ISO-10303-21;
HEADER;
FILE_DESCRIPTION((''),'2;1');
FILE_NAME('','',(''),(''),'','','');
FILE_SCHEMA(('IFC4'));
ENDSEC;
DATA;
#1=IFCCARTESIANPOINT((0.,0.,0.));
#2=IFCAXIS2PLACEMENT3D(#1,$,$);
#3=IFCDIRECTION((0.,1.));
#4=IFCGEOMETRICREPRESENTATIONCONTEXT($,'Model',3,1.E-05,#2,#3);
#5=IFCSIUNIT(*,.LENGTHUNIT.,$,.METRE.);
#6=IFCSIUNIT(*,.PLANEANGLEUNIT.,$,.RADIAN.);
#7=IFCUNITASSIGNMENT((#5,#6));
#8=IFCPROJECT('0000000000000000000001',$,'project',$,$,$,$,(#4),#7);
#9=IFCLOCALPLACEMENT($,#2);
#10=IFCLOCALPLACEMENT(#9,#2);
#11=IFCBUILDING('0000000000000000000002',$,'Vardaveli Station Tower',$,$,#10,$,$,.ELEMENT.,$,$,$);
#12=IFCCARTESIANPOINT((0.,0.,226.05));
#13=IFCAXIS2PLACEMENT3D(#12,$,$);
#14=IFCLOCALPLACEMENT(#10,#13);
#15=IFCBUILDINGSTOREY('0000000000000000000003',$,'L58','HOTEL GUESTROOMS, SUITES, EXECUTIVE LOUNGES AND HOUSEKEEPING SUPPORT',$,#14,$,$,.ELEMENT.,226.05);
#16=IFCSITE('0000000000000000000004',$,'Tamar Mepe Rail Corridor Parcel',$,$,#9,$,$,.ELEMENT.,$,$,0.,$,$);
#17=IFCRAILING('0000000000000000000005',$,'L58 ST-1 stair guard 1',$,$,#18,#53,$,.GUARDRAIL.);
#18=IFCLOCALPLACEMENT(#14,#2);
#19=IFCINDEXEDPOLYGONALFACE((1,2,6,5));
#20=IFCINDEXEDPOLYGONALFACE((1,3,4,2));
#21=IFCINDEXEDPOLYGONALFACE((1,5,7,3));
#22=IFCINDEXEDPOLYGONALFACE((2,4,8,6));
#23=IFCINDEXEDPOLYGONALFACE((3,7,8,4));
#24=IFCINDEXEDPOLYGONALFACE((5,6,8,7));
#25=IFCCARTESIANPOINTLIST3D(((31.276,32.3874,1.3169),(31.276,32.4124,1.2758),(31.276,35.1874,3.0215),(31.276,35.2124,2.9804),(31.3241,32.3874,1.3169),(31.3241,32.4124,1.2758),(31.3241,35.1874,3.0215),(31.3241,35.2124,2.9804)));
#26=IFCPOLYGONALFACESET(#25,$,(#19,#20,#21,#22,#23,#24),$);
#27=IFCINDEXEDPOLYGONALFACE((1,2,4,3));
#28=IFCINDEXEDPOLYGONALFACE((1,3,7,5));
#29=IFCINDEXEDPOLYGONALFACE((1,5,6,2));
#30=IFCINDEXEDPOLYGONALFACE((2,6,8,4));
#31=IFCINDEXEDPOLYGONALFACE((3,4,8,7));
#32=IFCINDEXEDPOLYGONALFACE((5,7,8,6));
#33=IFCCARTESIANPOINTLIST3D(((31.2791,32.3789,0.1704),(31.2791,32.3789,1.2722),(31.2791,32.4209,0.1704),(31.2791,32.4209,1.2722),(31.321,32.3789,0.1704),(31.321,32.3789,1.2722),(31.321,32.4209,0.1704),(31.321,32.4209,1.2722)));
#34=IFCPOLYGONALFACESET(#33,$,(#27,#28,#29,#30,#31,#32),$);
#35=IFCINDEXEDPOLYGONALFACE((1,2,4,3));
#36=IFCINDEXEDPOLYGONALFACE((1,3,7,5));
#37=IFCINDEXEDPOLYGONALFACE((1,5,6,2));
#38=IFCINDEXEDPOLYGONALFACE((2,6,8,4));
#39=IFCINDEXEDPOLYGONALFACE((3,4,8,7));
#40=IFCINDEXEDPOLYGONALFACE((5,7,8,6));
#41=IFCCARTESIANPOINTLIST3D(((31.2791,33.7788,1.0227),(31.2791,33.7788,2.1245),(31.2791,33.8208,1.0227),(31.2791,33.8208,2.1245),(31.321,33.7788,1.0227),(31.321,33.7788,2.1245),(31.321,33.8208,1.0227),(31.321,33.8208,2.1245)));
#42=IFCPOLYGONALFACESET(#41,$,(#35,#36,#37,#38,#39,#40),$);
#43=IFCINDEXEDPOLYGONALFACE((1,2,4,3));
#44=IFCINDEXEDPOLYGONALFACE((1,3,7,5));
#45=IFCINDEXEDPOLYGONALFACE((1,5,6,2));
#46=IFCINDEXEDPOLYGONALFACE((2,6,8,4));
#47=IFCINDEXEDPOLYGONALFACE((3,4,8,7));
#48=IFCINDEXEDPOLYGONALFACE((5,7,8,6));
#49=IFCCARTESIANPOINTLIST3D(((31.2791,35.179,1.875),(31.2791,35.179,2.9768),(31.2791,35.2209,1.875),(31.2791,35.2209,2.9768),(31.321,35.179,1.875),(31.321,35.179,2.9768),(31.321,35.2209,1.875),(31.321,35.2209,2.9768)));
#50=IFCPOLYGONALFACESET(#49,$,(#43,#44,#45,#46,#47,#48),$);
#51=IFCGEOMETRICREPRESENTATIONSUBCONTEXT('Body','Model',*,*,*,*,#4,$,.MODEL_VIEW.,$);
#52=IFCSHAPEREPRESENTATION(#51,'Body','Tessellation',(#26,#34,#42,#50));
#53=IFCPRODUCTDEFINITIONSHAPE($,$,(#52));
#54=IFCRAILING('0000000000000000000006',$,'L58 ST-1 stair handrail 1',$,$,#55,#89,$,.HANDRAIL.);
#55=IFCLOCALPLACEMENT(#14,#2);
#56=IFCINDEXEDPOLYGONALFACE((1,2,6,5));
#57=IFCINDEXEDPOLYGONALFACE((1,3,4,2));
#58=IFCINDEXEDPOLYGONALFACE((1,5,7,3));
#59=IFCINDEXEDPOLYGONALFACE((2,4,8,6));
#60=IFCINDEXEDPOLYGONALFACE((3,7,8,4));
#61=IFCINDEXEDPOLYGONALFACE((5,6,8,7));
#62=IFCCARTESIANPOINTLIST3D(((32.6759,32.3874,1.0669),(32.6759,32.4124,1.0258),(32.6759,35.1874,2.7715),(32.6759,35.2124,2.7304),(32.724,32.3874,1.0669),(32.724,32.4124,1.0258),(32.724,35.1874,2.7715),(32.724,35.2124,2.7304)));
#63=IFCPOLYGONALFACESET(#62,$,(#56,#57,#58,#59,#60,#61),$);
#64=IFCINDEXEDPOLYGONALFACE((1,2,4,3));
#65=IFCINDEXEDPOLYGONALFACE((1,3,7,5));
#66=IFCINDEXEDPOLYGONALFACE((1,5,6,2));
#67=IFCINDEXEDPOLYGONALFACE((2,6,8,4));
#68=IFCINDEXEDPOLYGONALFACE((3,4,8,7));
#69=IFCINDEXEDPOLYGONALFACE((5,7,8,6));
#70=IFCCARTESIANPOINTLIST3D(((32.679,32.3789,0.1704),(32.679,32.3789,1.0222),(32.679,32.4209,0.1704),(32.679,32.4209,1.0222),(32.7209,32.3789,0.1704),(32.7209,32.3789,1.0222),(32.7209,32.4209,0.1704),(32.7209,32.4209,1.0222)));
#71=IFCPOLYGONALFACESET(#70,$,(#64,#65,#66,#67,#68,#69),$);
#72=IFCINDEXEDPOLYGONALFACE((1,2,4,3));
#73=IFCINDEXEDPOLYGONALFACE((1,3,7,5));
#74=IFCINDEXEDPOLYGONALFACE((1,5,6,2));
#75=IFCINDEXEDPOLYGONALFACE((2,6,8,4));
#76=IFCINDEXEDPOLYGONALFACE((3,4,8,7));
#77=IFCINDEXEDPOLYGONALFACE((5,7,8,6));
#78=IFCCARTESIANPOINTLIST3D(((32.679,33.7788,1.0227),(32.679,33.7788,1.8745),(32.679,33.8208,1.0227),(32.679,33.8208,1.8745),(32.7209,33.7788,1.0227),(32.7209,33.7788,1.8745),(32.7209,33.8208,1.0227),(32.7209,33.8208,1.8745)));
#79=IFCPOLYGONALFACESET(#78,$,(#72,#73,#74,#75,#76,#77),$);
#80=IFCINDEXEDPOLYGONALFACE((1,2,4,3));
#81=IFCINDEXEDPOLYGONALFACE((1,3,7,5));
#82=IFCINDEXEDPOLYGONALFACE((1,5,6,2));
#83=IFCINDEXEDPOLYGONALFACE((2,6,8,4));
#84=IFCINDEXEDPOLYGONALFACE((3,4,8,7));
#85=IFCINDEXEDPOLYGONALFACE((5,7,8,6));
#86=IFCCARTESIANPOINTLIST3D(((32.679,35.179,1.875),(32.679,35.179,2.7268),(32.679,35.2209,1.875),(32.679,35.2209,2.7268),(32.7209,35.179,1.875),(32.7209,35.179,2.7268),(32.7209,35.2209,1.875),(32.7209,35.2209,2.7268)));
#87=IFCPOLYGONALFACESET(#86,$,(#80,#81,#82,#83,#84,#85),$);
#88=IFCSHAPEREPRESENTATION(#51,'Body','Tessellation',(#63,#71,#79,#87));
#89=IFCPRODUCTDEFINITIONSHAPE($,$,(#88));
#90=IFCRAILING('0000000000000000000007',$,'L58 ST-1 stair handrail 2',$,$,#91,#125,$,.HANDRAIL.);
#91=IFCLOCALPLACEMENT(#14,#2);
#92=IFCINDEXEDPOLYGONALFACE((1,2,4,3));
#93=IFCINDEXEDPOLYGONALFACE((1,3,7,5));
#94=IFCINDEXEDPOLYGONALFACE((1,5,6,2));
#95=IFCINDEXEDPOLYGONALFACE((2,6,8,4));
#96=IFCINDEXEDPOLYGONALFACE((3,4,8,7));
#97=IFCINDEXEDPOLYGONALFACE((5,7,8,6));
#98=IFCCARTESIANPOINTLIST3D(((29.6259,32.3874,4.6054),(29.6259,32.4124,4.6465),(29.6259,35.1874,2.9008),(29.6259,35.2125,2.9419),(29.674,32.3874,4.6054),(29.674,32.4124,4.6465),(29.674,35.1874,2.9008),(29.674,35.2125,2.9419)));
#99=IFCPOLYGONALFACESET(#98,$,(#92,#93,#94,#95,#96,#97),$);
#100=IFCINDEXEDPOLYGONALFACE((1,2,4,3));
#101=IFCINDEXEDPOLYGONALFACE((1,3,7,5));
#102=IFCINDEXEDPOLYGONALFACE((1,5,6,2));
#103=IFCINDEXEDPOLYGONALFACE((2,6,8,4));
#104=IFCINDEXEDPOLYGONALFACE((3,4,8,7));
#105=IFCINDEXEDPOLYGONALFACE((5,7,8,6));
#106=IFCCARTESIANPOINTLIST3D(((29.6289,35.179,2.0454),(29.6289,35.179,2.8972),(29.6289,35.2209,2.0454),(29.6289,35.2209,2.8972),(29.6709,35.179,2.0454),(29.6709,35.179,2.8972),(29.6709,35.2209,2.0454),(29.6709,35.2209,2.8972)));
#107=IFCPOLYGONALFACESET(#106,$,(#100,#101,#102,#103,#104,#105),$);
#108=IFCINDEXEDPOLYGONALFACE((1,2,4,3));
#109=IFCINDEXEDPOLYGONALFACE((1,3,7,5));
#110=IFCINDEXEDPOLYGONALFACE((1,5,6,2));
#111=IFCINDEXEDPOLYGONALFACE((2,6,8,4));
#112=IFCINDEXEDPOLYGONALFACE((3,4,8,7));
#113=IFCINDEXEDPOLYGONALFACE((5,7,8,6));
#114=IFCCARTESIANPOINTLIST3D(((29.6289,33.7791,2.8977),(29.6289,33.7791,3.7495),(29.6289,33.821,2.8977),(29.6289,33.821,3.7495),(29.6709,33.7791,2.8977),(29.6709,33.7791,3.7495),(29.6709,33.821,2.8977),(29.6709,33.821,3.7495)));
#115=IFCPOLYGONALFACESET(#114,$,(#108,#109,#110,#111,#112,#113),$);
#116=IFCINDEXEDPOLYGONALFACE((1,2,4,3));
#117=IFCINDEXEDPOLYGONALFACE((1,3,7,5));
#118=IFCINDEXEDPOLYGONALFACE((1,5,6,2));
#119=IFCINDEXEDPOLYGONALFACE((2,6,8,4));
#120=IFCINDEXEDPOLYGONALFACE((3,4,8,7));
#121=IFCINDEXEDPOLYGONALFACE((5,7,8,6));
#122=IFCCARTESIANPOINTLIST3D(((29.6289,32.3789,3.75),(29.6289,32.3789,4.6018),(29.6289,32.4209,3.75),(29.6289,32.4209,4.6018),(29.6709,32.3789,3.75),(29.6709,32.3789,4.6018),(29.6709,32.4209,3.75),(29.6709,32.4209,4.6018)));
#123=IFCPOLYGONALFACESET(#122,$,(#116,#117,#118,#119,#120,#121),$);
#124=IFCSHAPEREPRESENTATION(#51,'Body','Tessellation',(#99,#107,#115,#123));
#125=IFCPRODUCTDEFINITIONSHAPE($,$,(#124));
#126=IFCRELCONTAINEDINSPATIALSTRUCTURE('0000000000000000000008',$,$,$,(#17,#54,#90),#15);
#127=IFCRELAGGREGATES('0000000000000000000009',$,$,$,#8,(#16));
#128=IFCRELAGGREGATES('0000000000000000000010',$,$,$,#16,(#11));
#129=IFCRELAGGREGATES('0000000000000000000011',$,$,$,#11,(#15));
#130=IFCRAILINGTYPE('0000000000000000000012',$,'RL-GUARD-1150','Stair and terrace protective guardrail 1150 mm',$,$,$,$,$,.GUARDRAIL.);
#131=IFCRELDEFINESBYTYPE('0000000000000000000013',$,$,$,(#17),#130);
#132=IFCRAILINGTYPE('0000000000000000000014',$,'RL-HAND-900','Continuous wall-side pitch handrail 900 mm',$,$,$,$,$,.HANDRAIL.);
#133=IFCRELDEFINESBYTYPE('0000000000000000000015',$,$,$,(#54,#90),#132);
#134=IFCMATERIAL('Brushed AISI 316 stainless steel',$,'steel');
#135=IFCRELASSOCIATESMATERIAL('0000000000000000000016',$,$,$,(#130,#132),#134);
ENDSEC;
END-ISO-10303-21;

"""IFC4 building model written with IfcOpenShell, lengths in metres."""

from ifc_helpers import new_model, si_unit, direction, frame, origin, origin_2d, place, context, subcontext, project, spatial, rectangle, extrude, source, transform, mapped, material, type_object, element, save


model = new_model("IFC4")

# Units and contexts
model_context = context("Model", 3, precision=1e-05, world=origin(), true_north=direction((0.0, 1.0)))
body_context = subcontext(model_context, "Body", "Model", "MODEL_VIEW")
ifc_project = project(units=[si_unit("LENGTHUNIT", "METRE"), si_unit("PLANEANGLEUNIT", "RADIAN")], contexts=[model_context])

# Site, building, storey
site_placement = place(None, origin())
site = spatial("IfcSite", under=ifc_project, at=site_placement, Name="Tamar Mepe Rail Corridor Parcel", CompositionType="ELEMENT", RefElevation=0.0)
building_placement = place(site_placement, origin())
building = spatial("IfcBuilding", under=site, at=building_placement, Name="Vardaveli Station Tower", CompositionType="ELEMENT")
storey_placement = place(building_placement, frame((0.0, 0.0, 226.05)))
storey = spatial("IfcBuildingStorey", under=building, at=storey_placement, Name="L58", Description="HOTEL GUESTROOMS, SUITES, EXECUTIVE LOUNGES AND HOUSEKEEPING SUPPORT", CompositionType="ELEMENT", Elevation=226.05)

# Railings
ifc_material_1 = material(Name="Brushed AISI 316 stainless steel", Category="steel")
railing_type_1 = type_object("IfcRailingType", Name="RL-GUARD-1150", Description="Stair and terrace protective guardrail 1150 mm", PredefinedType="GUARDRAIL", material=ifc_material_1)
shared_shape_1 = source(origin(), body_context, "Body", "SweptSolid", [
    extrude(rectangle(XDim=0.0481, YDim=0.0481, at=origin_2d()), frame((0.0, 0.0, 1.126), z_axis=(0.0, 0.85417, 0.519994), x_axis=(-1.0, 0.0, 0.0)), (0.0, 0.0, 1.0), 3.2781),
    extrude(rectangle(XDim=0.042, YDim=0.042, at=origin_2d()), origin(), (0.0, 0.0, 1.0), 1.1018),
    extrude(rectangle(XDim=0.042, YDim=0.042, at=origin_2d()), frame((0.0, 1.3999, 0.8523)), (0.0, 0.0, 1.0), 1.1018),
    extrude(rectangle(XDim=0.042, YDim=0.042, at=origin_2d()), frame((0.0, 2.8, 1.7046)), (0.0, 0.0, 1.0), 1.1018),
])
railing_1_placement = place(storey_placement, frame((31.3, 32.3999, 0.1704)))
element("IfcRailing", 1, at=railing_1_placement, inside=storey, type_object=railing_type_1, Name="L58 ST-1 stair guard 1", PredefinedType="GUARDRAIL", context=body_context, shape_type="MappedRepresentation", body=[
    mapped(shared_shape_1, transform((0.0, 0.0, 0.0), scale=1.0)),
])
railing_type_2 = type_object("IfcRailingType", Name="RL-HAND-900", Description="Continuous wall-side pitch handrail 900 mm", PredefinedType="HANDRAIL", material=ifc_material_1)
shared_shape_2 = source(origin(), body_context, "Body", "SweptSolid", [
    extrude(rectangle(XDim=0.0481, YDim=0.0481, at=origin_2d()), frame((0.0, 0.0, 0.876), z_axis=(0.0, 0.85417, 0.519994), x_axis=(-1.0, 0.0, 0.0)), (0.0, 0.0, 1.0), 3.2781),
    extrude(rectangle(XDim=0.042, YDim=0.042, at=origin_2d()), origin(), (0.0, 0.0, 1.0), 0.8518),
    extrude(rectangle(XDim=0.042, YDim=0.042, at=origin_2d()), frame((0.0, 1.3999, 0.8523)), (0.0, 0.0, 1.0), 0.8518),
    extrude(rectangle(XDim=0.042, YDim=0.042, at=origin_2d()), frame((0.0, 2.8, 1.7046)), (0.0, 0.0, 1.0), 0.8518),
])
railing_2_placement = place(storey_placement, frame((32.7, 32.3999, 0.1704)))
element("IfcRailing", 2, at=railing_2_placement, inside=storey, type_object=railing_type_2, Name="L58 ST-1 stair handrail 1", PredefinedType="HANDRAIL", context=body_context, shape_type="MappedRepresentation", body=[
    mapped(shared_shape_2, transform((0.0, 0.0, 0.0), scale=1.0)),
])
shared_shape_3 = source(origin(), body_context, "Body", "SweptSolid", [
    extrude(rectangle(XDim=0.0481, YDim=0.0481, at=origin_2d()), frame((0.0, 0.0, 0.876), z_axis=(0.0, -0.85417, 0.519994), x_axis=(1.0, 0.0, 0.0)), (0.0, 0.0, 1.0), 3.2781),
    extrude(rectangle(XDim=0.042, YDim=0.042, at=origin_2d()), origin(), (0.0, 0.0, 1.0), 0.8518),
    extrude(rectangle(XDim=0.042, YDim=0.042, at=origin_2d()), frame((0.0, -1.3999, 0.8523)), (0.0, 0.0, 1.0), 0.8518),
    extrude(rectangle(XDim=0.042, YDim=0.042, at=origin_2d()), frame((0.0, -2.8, 1.7046)), (0.0, 0.0, 1.0), 0.8518),
])
railing_3_placement = place(storey_placement, frame((29.6499, 35.2, 2.0454)))
element("IfcRailing", 3, at=railing_3_placement, inside=storey, type_object=railing_type_2, Name="L58 ST-1 stair handrail 2", PredefinedType="HANDRAIL", context=body_context, shape_type="MappedRepresentation", body=[
    mapped(shared_shape_3, transform((0.0, 0.0, 0.0), scale=1.0)),
])

save(model, "model.ifc")
